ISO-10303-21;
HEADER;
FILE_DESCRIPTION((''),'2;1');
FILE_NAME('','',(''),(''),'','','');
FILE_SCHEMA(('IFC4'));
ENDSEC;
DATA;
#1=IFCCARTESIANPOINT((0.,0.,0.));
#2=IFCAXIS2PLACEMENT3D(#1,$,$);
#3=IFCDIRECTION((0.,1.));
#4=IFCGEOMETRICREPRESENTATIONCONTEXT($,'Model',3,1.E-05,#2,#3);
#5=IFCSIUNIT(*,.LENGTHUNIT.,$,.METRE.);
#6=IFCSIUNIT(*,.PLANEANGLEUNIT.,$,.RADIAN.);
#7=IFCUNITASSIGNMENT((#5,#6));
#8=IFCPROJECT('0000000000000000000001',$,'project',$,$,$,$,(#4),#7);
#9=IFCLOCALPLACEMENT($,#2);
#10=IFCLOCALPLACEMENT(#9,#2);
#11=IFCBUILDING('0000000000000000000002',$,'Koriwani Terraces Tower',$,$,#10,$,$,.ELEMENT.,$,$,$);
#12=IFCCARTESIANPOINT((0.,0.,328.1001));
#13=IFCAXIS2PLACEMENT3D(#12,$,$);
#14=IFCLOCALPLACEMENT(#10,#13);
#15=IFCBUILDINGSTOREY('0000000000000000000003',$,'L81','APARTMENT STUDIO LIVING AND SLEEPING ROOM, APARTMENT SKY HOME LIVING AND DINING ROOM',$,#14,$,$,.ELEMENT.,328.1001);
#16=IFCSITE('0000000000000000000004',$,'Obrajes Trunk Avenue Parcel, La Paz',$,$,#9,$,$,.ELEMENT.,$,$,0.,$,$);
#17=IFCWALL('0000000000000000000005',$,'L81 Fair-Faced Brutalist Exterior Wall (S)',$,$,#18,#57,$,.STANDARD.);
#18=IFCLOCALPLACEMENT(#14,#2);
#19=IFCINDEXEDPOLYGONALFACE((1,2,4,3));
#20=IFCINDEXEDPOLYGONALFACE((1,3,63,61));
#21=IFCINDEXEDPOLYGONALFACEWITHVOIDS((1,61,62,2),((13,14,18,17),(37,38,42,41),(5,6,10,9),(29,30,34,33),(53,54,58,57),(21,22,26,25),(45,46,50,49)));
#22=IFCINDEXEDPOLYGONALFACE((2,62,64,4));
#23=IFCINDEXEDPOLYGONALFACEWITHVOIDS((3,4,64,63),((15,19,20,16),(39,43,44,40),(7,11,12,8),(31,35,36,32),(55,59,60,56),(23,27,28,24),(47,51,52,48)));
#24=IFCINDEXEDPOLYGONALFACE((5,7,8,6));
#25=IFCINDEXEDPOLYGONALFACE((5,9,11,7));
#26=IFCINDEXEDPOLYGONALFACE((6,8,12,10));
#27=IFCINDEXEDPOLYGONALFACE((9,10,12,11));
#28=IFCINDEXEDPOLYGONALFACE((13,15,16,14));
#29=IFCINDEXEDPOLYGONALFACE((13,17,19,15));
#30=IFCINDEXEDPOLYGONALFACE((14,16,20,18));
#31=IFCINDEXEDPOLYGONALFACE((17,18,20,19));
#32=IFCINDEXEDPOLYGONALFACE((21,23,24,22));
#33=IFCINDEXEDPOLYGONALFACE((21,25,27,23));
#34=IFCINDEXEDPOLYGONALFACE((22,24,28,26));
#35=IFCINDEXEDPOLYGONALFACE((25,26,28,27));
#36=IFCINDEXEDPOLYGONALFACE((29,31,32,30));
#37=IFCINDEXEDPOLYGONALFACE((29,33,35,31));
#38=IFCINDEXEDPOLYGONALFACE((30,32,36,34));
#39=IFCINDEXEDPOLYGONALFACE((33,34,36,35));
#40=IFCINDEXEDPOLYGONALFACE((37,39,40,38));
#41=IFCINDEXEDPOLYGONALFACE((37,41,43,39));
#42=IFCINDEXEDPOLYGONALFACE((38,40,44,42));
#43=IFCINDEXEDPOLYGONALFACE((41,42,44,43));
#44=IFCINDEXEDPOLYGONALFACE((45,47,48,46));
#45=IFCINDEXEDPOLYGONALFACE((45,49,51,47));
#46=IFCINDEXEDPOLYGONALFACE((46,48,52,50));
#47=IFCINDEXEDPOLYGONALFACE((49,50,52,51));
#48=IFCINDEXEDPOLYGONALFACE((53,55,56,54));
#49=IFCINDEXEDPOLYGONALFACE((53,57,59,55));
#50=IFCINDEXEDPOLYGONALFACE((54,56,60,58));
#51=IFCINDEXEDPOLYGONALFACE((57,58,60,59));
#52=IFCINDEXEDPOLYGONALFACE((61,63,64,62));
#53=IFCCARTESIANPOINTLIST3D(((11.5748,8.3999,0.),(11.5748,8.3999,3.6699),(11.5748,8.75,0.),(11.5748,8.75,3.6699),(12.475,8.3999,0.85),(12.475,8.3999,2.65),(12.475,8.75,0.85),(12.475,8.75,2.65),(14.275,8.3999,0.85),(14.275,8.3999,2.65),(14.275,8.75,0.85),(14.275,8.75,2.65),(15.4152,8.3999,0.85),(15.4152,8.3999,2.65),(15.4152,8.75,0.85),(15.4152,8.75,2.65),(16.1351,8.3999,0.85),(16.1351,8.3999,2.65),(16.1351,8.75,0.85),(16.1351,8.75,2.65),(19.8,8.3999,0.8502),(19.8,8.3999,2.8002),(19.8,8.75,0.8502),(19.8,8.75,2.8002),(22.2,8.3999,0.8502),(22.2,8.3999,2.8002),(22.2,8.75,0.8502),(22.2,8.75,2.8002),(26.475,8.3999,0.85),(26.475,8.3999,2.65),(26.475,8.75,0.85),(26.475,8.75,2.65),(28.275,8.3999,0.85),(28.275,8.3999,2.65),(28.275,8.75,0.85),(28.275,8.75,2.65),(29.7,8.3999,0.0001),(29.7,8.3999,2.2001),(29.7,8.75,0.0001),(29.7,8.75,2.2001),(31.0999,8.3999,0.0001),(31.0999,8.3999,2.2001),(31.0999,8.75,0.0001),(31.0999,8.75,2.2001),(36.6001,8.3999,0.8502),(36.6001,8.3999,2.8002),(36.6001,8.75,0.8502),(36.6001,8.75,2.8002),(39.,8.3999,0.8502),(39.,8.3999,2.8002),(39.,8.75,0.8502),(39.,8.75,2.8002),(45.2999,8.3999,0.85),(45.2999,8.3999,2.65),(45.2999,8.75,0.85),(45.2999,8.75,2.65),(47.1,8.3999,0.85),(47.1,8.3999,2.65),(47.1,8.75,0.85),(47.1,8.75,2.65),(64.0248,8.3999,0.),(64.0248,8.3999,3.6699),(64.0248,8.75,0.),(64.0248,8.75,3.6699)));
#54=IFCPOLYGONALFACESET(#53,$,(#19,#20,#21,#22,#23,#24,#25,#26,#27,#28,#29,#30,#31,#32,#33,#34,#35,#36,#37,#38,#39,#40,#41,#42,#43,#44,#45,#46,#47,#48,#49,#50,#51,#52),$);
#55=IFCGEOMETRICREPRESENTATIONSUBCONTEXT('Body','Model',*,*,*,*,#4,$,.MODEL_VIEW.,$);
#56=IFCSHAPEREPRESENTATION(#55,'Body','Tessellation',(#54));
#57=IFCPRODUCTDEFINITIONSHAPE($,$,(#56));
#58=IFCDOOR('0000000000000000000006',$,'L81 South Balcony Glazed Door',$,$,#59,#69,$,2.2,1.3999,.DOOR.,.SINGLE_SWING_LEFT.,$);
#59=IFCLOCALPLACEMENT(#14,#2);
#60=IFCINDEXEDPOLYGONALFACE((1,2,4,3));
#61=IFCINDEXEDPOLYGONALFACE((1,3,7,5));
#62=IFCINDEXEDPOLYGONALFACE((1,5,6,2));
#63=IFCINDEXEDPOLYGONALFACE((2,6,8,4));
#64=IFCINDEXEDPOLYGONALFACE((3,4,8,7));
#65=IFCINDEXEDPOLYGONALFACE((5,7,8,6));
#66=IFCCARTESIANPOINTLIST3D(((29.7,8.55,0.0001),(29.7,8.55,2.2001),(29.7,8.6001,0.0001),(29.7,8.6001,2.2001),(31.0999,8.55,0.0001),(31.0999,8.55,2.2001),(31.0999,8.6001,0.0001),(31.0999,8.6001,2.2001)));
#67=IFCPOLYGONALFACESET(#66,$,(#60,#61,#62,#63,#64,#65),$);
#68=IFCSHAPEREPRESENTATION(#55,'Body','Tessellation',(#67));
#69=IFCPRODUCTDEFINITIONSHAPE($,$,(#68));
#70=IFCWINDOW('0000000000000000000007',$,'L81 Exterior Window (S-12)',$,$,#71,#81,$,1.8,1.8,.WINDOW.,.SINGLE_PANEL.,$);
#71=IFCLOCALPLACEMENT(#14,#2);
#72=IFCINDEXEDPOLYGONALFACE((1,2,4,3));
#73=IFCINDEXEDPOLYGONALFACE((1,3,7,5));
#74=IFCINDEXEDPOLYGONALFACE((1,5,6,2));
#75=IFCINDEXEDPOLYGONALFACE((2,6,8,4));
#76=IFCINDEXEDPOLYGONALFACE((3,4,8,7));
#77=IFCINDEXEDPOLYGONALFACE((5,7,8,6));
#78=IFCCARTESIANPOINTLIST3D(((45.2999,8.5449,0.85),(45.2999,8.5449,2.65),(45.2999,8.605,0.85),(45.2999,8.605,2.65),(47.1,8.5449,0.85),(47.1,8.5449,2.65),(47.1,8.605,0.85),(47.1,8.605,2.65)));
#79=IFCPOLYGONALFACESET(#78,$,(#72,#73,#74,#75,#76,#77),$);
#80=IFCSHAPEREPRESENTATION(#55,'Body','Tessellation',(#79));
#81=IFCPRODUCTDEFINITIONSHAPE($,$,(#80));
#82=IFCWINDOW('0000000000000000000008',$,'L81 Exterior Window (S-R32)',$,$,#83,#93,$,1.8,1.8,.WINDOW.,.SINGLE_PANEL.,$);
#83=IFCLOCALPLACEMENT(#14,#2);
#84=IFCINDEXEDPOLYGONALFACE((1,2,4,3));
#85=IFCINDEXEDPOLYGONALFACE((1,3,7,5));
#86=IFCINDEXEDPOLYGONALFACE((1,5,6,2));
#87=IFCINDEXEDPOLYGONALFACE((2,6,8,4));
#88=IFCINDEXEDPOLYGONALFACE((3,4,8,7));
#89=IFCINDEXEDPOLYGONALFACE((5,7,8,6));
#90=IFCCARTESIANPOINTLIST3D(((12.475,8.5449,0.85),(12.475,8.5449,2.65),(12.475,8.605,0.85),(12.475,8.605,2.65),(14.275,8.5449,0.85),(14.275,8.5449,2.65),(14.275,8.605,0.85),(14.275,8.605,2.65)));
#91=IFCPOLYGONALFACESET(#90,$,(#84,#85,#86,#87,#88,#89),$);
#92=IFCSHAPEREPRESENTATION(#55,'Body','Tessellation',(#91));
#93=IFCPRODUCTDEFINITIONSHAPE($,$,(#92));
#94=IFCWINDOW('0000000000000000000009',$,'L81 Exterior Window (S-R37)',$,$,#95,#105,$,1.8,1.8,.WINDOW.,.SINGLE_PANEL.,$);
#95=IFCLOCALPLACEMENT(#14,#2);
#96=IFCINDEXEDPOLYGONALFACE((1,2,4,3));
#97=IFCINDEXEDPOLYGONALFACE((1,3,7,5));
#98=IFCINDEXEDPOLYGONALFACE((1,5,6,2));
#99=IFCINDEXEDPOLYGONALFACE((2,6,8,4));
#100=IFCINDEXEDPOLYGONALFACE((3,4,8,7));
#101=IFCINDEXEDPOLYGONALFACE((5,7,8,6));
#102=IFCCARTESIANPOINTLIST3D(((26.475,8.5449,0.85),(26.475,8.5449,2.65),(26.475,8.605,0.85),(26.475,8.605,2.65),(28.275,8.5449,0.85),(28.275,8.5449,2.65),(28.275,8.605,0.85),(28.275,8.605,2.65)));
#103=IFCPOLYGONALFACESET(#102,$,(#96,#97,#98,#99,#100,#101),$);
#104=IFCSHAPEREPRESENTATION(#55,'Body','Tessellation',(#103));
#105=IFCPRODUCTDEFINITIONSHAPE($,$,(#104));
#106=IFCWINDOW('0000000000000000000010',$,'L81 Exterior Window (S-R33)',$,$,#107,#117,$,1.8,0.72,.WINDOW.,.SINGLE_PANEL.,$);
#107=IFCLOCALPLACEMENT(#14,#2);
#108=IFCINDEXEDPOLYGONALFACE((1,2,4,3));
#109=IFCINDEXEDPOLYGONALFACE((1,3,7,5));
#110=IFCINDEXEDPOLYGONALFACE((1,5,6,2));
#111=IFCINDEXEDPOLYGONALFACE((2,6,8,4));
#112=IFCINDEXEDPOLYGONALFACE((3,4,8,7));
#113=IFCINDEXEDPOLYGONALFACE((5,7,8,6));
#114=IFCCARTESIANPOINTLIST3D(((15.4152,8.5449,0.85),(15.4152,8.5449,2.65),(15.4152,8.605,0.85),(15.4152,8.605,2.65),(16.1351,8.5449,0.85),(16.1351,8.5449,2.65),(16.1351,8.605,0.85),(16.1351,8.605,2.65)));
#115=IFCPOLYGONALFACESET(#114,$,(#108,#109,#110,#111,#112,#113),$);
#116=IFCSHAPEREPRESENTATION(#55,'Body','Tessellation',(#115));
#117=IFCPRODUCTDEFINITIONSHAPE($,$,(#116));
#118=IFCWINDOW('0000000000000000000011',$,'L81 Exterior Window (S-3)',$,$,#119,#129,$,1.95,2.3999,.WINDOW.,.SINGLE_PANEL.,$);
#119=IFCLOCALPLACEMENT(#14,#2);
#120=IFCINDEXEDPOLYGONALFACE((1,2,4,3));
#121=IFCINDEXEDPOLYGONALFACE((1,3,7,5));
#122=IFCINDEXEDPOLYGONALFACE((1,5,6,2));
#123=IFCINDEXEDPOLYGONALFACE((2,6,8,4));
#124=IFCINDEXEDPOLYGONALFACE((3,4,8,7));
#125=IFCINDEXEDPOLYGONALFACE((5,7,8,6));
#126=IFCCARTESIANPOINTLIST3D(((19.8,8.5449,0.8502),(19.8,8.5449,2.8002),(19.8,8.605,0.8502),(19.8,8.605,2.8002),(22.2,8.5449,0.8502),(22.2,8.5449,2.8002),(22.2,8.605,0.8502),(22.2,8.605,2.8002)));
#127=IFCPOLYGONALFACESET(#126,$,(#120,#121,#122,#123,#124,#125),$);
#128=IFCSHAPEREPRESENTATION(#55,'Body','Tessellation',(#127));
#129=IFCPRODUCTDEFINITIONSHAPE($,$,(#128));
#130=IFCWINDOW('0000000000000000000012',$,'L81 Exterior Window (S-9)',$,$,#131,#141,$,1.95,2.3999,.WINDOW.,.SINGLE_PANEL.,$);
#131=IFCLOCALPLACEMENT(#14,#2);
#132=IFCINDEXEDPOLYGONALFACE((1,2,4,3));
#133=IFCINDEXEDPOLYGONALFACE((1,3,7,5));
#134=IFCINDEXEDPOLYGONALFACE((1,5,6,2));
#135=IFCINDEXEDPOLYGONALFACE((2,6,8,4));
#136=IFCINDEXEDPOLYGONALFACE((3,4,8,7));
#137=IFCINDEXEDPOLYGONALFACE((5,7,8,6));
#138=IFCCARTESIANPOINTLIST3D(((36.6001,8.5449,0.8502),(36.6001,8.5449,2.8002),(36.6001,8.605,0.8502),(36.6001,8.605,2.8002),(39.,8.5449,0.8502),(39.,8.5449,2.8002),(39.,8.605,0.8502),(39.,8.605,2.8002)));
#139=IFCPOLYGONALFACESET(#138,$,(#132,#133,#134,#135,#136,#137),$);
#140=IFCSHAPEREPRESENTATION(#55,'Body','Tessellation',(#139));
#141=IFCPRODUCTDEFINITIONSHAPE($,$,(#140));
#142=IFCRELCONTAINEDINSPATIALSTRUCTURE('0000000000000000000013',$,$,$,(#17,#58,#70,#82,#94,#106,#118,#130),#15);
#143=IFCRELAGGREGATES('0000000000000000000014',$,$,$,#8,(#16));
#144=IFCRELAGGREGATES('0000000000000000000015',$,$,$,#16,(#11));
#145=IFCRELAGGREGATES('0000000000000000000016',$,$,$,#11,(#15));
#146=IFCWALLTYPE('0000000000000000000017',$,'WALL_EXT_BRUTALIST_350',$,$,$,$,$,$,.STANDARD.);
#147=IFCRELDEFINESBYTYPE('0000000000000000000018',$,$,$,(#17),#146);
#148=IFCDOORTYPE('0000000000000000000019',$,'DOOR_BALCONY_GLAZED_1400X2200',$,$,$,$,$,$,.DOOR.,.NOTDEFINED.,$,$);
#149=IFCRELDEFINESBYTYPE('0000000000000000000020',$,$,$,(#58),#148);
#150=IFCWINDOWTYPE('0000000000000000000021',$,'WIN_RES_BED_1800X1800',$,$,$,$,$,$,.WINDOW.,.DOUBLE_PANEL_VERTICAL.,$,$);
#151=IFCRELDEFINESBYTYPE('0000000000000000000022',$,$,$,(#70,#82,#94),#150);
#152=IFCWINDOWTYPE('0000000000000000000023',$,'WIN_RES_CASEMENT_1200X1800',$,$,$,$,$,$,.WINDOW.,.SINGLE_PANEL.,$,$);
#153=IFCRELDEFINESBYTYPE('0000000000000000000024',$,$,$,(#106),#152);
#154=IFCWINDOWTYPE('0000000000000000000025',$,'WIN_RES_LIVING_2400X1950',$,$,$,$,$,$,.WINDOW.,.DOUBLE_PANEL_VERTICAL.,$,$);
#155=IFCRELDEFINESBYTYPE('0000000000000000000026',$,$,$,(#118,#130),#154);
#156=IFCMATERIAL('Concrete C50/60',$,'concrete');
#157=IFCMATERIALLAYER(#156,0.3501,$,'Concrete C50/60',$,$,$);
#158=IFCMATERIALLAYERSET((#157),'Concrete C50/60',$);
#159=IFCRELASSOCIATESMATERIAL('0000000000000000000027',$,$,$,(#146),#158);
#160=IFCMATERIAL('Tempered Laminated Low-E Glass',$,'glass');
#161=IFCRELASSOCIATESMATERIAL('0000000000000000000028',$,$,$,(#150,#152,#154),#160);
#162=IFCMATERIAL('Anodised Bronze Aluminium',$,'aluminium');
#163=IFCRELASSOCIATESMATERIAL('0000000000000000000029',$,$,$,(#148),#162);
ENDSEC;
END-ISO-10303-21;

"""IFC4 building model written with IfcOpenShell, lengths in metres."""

from ifc_helpers import new_model, si_unit, direction, frame, frame_2d, origin, place, context, subcontext, project, spatial, rectangle, extrude, material, layer, layer_set, type_object, element, fill, save


model = new_model("IFC4")

# Units and contexts
model_context = context("Model", 3, precision=1e-05, world=origin(), true_north=direction((0.0, 1.0)))
body_context = subcontext(model_context, "Body", "Model", "MODEL_VIEW")
ifc_project = project(units=[si_unit("LENGTHUNIT", "METRE"), si_unit("PLANEANGLEUNIT", "RADIAN")], contexts=[model_context])

# Site, building, storey
site_placement = place(None, origin())
site = spatial("IfcSite", under=ifc_project, at=site_placement, Name="Obrajes Trunk Avenue Parcel, La Paz", CompositionType="ELEMENT", RefElevation=0.0)
building_placement = place(site_placement, origin())
building = spatial("IfcBuilding", under=site, at=building_placement, Name="Koriwani Terraces Tower", CompositionType="ELEMENT")
storey_placement = place(building_placement, frame((0.0, 0.0, 328.1001)))
storey = spatial("IfcBuildingStorey", under=building, at=storey_placement, Name="L81", Description="APARTMENT STUDIO LIVING AND SLEEPING ROOM, APARTMENT SKY HOME LIVING AND DINING ROOM", CompositionType="ELEMENT", Elevation=328.1001)

# Shared definitions
ifc_material_1 = material(Name="Concrete C50/60", Category="concrete")

# Shared definitions
ifc_layer_1 = layer(ifc_material_1, 0.3501, Name="Concrete C50/60")
ifc_layer_set_1 = layer_set([ifc_layer_1], Name="Concrete C50/60")
wall_type_1 = type_object("IfcWallType", Name="WALL_EXT_BRUTALIST_350", PredefinedType="STANDARD", material=ifc_layer_set_1)
ifc_material_2 = material(Name="Tempered Laminated Low-E Glass", Category="glass")
window_type_1 = type_object("IfcWindowType", Name="WIN_RES_BED_1800X1800", PartitioningType="DOUBLE_PANEL_VERTICAL", PredefinedType="WINDOW", material=ifc_material_2)

# Wall, openings, door, windows
wall_1_placement = place(storey_placement, frame((64.0249, 8.575, 0.0), z_axis=(0.0, 0.0, 1.0), x_axis=(-1.0, 0.0, 0.0)))
wall_1 = element("IfcWall", 1, at=wall_1_placement, inside=storey, type_object=wall_type_1, Name="L81 Fair-Faced Brutalist Exterior Wall (S)", PredefinedType="STANDARD", context=body_context, shape_type="SweptSolid", body=[
    extrude(rectangle(XDim=52.45, YDim=0.3501, at=frame_2d((26.2251, 0.0))), origin(), (0.0, 0.0, 1.0), 3.6699),
])
opening_1_placement = place(wall_1_placement, frame((32.925, 0.0, 0.0)))
opening_1 = element("IfcOpeningElement", 2, at=opening_1_placement, cuts=wall_1, PredefinedType="OPENING", context=body_context, shape_type="SweptSolid", body=[
    extrude(rectangle(XDim=1.3999, YDim=2.2, at=frame_2d((0.7, 1.1001))), frame((0.0, 0.1851, 0.0), z_axis=(0.0, -1.0, 0.0), x_axis=(1.0, 0.0, 0.0)), (0.0, 0.0, 1.0), 0.3701),
])
opening_2_placement = place(wall_1_placement, frame((41.825, 0.0, 0.8501)))
opening_2 = element("IfcOpeningElement", 3, at=opening_2_placement, cuts=wall_1, PredefinedType="OPENING", context=body_context, shape_type="SweptSolid", body=[
    extrude(rectangle(XDim=2.3999, YDim=1.95, at=frame_2d((1.2, 0.9751))), frame((0.0, 0.1851, 0.0), z_axis=(0.0, -1.0, 0.0), x_axis=(1.0, 0.0, 0.0)), (0.0, 0.0, 1.0), 0.3701),
])
opening_3_placement = place(wall_1_placement, frame((25.0249, 0.0, 0.8501)))
opening_3 = element("IfcOpeningElement", 4, at=opening_3_placement, cuts=wall_1, PredefinedType="OPENING", context=body_context, shape_type="SweptSolid", body=[
    extrude(rectangle(XDim=2.3999, YDim=1.95, at=frame_2d((1.2, 0.9751))), frame((0.0, 0.1851, 0.0), z_axis=(0.0, -1.0, 0.0), x_axis=(1.0, 0.0, 0.0)), (0.0, 0.0, 1.0), 0.3701),
])
opening_4_placement = place(wall_1_placement, frame((16.925, 0.0, 0.8501)))
opening_4 = element("IfcOpeningElement", 5, at=opening_4_placement, cuts=wall_1, PredefinedType="OPENING", context=body_context, shape_type="SweptSolid", body=[
    extrude(rectangle(XDim=1.8, YDim=1.8, at=frame_2d((0.8999, 0.8999))), frame((0.0, 0.1851, 0.0), z_axis=(0.0, -1.0, 0.0), x_axis=(1.0, 0.0, 0.0)), (0.0, 0.0, 1.0), 0.3701),
])
opening_5_placement = place(wall_1_placement, frame((49.75, 0.0, 0.8501)))
opening_5 = element("IfcOpeningElement", 6, at=opening_5_placement, cuts=wall_1, PredefinedType="OPENING", context=body_context, shape_type="SweptSolid", body=[
    extrude(rectangle(XDim=1.8, YDim=1.8, at=frame_2d((0.8999, 0.8999))), frame((0.0, 0.1851, 0.0), z_axis=(0.0, -1.0, 0.0), x_axis=(1.0, 0.0, 0.0)), (0.0, 0.0, 1.0), 0.3701),
])
opening_6_placement = place(wall_1_placement, frame((47.8899, 0.0, 0.8501)))
opening_6 = element("IfcOpeningElement", 7, at=opening_6_placement, cuts=wall_1, PredefinedType="OPENING", context=body_context, shape_type="SweptSolid", body=[
    extrude(rectangle(XDim=0.72, YDim=1.8, at=frame_2d((0.3599, 0.8999))), frame((0.0, 0.1851, 0.0), z_axis=(0.0, -1.0, 0.0), x_axis=(1.0, 0.0, 0.0)), (0.0, 0.0, 1.0), 0.3701),
])
opening_7_placement = place(wall_1_placement, frame((35.75, 0.0, 0.8501)))
opening_7 = element("IfcOpeningElement", 8, at=opening_7_placement, cuts=wall_1, PredefinedType="OPENING", context=body_context, shape_type="SweptSolid", body=[
    extrude(rectangle(XDim=1.8, YDim=1.8, at=frame_2d((0.8999, 0.8999))), frame((0.0, 0.1851, 0.0), z_axis=(0.0, -1.0, 0.0), x_axis=(1.0, 0.0, 0.0)), (0.0, 0.0, 1.0), 0.3701),
])
ifc_material_3 = material(Name="Anodised Bronze Aluminium", Category="aluminium")
door_type_1 = type_object("IfcDoorType", Name="DOOR_BALCONY_GLAZED_1400X2200", OperationType="NOTDEFINED", PredefinedType="DOOR", material=ifc_material_3)
door_1_placement = place(opening_1_placement, origin())
door_1 = element("IfcDoor", 9, at=door_1_placement, inside=storey, type_object=door_type_1, Name="L81 South Balcony Glazed Door", OperationType="SINGLE_SWING_LEFT", OverallHeight=2.2, OverallWidth=1.3999, PredefinedType="DOOR", context=body_context, shape_type="SweptSolid", body=[
    extrude(rectangle(XDim=1.3999, YDim=2.2, at=frame_2d((0.7, 1.1001))), frame((0.0, 0.0249, 0.0), z_axis=(0.0, -1.0, 0.0), x_axis=(1.0, 0.0, 0.0)), (0.0, 0.0, 1.0), 0.05),
])
fill(opening_1, door_1)
window_1_placement = place(opening_4_placement, origin())
window_1 = element("IfcWindow", 10, at=window_1_placement, inside=storey, type_object=window_type_1, Name="L81 Exterior Window (S-12)", OverallHeight=1.8, OverallWidth=1.8, PartitioningType="SINGLE_PANEL", PredefinedType="WINDOW", context=body_context, shape_type="SweptSolid", body=[
    extrude(rectangle(XDim=1.8, YDim=1.8, at=frame_2d((0.8999, 0.8999))), frame((0.0, 0.03, 0.0), z_axis=(0.0, -1.0, 0.0), x_axis=(1.0, 0.0, 0.0)), (0.0, 0.0, 1.0), 0.0601),
])
fill(opening_4, window_1)
window_2_placement = place(opening_5_placement, origin())
window_2 = element("IfcWindow", 11, at=window_2_placement, inside=storey, type_object=window_type_1, Name="L81 Exterior Window (S-R32)", OverallHeight=1.8, OverallWidth=1.8, PartitioningType="SINGLE_PANEL", PredefinedType="WINDOW", context=body_context, shape_type="SweptSolid", body=[
    extrude(rectangle(XDim=1.8, YDim=1.8, at=frame_2d((0.8999, 0.8999))), frame((0.0, 0.03, 0.0), z_axis=(0.0, -1.0, 0.0), x_axis=(1.0, 0.0, 0.0)), (0.0, 0.0, 1.0), 0.0601),
])
fill(opening_5, window_2)
window_3_placement = place(opening_7_placement, origin())
window_3 = element("IfcWindow", 12, at=window_3_placement, inside=storey, type_object=window_type_1, Name="L81 Exterior Window (S-R37)", OverallHeight=1.8, OverallWidth=1.8, PartitioningType="SINGLE_PANEL", PredefinedType="WINDOW", context=body_context, shape_type="SweptSolid", body=[
    extrude(rectangle(XDim=1.8, YDim=1.8, at=frame_2d((0.8999, 0.8999))), frame((0.0, 0.03, 0.0), z_axis=(0.0, -1.0, 0.0), x_axis=(1.0, 0.0, 0.0)), (0.0, 0.0, 1.0), 0.0601),
])
fill(opening_7, window_3)
window_type_2 = type_object("IfcWindowType", Name="WIN_RES_CASEMENT_1200X1800", PartitioningType="SINGLE_PANEL", PredefinedType="WINDOW", material=ifc_material_2)
window_4_placement = place(opening_6_placement, origin())
window_4 = element("IfcWindow", 13, at=window_4_placement, inside=storey, type_object=window_type_2, Name="L81 Exterior Window (S-R33)", OverallHeight=1.8, OverallWidth=0.72, PartitioningType="SINGLE_PANEL", PredefinedType="WINDOW", context=body_context, shape_type="SweptSolid", body=[
    extrude(rectangle(XDim=0.72, YDim=1.8, at=frame_2d((0.3599, 0.8999))), frame((0.0, 0.03, 0.0), z_axis=(0.0, -1.0, 0.0), x_axis=(1.0, 0.0, 0.0)), (0.0, 0.0, 1.0), 0.0601),
])
fill(opening_6, window_4)
window_type_3 = type_object("IfcWindowType", Name="WIN_RES_LIVING_2400X1950", PartitioningType="DOUBLE_PANEL_VERTICAL", PredefinedType="WINDOW", material=ifc_material_2)
window_5_placement = place(opening_2_placement, origin())
window_5 = element("IfcWindow", 14, at=window_5_placement, inside=storey, type_object=window_type_3, Name="L81 Exterior Window (S-3)", OverallHeight=1.95, OverallWidth=2.3999, PartitioningType="SINGLE_PANEL", PredefinedType="WINDOW", context=body_context, shape_type="SweptSolid", body=[
    extrude(rectangle(XDim=2.3999, YDim=1.95, at=frame_2d((1.2, 0.9751))), frame((0.0, 0.03, 0.0), z_axis=(0.0, -1.0, 0.0), x_axis=(1.0, 0.0, 0.0)), (0.0, 0.0, 1.0), 0.0601),
])
fill(opening_2, window_5)
window_6_placement = place(opening_3_placement, origin())
window_6 = element("IfcWindow", 15, at=window_6_placement, inside=storey, type_object=window_type_3, Name="L81 Exterior Window (S-9)", OverallHeight=1.95, OverallWidth=2.3999, PartitioningType="SINGLE_PANEL", PredefinedType="WINDOW", context=body_context, shape_type="SweptSolid", body=[
    extrude(rectangle(XDim=2.3999, YDim=1.95, at=frame_2d((1.2, 0.9751))), frame((0.0, 0.03, 0.0), z_axis=(0.0, -1.0, 0.0), x_axis=(1.0, 0.0, 0.0)), (0.0, 0.0, 1.0), 0.0601),
])
fill(opening_3, window_6)

save(model, "model.ifc")
